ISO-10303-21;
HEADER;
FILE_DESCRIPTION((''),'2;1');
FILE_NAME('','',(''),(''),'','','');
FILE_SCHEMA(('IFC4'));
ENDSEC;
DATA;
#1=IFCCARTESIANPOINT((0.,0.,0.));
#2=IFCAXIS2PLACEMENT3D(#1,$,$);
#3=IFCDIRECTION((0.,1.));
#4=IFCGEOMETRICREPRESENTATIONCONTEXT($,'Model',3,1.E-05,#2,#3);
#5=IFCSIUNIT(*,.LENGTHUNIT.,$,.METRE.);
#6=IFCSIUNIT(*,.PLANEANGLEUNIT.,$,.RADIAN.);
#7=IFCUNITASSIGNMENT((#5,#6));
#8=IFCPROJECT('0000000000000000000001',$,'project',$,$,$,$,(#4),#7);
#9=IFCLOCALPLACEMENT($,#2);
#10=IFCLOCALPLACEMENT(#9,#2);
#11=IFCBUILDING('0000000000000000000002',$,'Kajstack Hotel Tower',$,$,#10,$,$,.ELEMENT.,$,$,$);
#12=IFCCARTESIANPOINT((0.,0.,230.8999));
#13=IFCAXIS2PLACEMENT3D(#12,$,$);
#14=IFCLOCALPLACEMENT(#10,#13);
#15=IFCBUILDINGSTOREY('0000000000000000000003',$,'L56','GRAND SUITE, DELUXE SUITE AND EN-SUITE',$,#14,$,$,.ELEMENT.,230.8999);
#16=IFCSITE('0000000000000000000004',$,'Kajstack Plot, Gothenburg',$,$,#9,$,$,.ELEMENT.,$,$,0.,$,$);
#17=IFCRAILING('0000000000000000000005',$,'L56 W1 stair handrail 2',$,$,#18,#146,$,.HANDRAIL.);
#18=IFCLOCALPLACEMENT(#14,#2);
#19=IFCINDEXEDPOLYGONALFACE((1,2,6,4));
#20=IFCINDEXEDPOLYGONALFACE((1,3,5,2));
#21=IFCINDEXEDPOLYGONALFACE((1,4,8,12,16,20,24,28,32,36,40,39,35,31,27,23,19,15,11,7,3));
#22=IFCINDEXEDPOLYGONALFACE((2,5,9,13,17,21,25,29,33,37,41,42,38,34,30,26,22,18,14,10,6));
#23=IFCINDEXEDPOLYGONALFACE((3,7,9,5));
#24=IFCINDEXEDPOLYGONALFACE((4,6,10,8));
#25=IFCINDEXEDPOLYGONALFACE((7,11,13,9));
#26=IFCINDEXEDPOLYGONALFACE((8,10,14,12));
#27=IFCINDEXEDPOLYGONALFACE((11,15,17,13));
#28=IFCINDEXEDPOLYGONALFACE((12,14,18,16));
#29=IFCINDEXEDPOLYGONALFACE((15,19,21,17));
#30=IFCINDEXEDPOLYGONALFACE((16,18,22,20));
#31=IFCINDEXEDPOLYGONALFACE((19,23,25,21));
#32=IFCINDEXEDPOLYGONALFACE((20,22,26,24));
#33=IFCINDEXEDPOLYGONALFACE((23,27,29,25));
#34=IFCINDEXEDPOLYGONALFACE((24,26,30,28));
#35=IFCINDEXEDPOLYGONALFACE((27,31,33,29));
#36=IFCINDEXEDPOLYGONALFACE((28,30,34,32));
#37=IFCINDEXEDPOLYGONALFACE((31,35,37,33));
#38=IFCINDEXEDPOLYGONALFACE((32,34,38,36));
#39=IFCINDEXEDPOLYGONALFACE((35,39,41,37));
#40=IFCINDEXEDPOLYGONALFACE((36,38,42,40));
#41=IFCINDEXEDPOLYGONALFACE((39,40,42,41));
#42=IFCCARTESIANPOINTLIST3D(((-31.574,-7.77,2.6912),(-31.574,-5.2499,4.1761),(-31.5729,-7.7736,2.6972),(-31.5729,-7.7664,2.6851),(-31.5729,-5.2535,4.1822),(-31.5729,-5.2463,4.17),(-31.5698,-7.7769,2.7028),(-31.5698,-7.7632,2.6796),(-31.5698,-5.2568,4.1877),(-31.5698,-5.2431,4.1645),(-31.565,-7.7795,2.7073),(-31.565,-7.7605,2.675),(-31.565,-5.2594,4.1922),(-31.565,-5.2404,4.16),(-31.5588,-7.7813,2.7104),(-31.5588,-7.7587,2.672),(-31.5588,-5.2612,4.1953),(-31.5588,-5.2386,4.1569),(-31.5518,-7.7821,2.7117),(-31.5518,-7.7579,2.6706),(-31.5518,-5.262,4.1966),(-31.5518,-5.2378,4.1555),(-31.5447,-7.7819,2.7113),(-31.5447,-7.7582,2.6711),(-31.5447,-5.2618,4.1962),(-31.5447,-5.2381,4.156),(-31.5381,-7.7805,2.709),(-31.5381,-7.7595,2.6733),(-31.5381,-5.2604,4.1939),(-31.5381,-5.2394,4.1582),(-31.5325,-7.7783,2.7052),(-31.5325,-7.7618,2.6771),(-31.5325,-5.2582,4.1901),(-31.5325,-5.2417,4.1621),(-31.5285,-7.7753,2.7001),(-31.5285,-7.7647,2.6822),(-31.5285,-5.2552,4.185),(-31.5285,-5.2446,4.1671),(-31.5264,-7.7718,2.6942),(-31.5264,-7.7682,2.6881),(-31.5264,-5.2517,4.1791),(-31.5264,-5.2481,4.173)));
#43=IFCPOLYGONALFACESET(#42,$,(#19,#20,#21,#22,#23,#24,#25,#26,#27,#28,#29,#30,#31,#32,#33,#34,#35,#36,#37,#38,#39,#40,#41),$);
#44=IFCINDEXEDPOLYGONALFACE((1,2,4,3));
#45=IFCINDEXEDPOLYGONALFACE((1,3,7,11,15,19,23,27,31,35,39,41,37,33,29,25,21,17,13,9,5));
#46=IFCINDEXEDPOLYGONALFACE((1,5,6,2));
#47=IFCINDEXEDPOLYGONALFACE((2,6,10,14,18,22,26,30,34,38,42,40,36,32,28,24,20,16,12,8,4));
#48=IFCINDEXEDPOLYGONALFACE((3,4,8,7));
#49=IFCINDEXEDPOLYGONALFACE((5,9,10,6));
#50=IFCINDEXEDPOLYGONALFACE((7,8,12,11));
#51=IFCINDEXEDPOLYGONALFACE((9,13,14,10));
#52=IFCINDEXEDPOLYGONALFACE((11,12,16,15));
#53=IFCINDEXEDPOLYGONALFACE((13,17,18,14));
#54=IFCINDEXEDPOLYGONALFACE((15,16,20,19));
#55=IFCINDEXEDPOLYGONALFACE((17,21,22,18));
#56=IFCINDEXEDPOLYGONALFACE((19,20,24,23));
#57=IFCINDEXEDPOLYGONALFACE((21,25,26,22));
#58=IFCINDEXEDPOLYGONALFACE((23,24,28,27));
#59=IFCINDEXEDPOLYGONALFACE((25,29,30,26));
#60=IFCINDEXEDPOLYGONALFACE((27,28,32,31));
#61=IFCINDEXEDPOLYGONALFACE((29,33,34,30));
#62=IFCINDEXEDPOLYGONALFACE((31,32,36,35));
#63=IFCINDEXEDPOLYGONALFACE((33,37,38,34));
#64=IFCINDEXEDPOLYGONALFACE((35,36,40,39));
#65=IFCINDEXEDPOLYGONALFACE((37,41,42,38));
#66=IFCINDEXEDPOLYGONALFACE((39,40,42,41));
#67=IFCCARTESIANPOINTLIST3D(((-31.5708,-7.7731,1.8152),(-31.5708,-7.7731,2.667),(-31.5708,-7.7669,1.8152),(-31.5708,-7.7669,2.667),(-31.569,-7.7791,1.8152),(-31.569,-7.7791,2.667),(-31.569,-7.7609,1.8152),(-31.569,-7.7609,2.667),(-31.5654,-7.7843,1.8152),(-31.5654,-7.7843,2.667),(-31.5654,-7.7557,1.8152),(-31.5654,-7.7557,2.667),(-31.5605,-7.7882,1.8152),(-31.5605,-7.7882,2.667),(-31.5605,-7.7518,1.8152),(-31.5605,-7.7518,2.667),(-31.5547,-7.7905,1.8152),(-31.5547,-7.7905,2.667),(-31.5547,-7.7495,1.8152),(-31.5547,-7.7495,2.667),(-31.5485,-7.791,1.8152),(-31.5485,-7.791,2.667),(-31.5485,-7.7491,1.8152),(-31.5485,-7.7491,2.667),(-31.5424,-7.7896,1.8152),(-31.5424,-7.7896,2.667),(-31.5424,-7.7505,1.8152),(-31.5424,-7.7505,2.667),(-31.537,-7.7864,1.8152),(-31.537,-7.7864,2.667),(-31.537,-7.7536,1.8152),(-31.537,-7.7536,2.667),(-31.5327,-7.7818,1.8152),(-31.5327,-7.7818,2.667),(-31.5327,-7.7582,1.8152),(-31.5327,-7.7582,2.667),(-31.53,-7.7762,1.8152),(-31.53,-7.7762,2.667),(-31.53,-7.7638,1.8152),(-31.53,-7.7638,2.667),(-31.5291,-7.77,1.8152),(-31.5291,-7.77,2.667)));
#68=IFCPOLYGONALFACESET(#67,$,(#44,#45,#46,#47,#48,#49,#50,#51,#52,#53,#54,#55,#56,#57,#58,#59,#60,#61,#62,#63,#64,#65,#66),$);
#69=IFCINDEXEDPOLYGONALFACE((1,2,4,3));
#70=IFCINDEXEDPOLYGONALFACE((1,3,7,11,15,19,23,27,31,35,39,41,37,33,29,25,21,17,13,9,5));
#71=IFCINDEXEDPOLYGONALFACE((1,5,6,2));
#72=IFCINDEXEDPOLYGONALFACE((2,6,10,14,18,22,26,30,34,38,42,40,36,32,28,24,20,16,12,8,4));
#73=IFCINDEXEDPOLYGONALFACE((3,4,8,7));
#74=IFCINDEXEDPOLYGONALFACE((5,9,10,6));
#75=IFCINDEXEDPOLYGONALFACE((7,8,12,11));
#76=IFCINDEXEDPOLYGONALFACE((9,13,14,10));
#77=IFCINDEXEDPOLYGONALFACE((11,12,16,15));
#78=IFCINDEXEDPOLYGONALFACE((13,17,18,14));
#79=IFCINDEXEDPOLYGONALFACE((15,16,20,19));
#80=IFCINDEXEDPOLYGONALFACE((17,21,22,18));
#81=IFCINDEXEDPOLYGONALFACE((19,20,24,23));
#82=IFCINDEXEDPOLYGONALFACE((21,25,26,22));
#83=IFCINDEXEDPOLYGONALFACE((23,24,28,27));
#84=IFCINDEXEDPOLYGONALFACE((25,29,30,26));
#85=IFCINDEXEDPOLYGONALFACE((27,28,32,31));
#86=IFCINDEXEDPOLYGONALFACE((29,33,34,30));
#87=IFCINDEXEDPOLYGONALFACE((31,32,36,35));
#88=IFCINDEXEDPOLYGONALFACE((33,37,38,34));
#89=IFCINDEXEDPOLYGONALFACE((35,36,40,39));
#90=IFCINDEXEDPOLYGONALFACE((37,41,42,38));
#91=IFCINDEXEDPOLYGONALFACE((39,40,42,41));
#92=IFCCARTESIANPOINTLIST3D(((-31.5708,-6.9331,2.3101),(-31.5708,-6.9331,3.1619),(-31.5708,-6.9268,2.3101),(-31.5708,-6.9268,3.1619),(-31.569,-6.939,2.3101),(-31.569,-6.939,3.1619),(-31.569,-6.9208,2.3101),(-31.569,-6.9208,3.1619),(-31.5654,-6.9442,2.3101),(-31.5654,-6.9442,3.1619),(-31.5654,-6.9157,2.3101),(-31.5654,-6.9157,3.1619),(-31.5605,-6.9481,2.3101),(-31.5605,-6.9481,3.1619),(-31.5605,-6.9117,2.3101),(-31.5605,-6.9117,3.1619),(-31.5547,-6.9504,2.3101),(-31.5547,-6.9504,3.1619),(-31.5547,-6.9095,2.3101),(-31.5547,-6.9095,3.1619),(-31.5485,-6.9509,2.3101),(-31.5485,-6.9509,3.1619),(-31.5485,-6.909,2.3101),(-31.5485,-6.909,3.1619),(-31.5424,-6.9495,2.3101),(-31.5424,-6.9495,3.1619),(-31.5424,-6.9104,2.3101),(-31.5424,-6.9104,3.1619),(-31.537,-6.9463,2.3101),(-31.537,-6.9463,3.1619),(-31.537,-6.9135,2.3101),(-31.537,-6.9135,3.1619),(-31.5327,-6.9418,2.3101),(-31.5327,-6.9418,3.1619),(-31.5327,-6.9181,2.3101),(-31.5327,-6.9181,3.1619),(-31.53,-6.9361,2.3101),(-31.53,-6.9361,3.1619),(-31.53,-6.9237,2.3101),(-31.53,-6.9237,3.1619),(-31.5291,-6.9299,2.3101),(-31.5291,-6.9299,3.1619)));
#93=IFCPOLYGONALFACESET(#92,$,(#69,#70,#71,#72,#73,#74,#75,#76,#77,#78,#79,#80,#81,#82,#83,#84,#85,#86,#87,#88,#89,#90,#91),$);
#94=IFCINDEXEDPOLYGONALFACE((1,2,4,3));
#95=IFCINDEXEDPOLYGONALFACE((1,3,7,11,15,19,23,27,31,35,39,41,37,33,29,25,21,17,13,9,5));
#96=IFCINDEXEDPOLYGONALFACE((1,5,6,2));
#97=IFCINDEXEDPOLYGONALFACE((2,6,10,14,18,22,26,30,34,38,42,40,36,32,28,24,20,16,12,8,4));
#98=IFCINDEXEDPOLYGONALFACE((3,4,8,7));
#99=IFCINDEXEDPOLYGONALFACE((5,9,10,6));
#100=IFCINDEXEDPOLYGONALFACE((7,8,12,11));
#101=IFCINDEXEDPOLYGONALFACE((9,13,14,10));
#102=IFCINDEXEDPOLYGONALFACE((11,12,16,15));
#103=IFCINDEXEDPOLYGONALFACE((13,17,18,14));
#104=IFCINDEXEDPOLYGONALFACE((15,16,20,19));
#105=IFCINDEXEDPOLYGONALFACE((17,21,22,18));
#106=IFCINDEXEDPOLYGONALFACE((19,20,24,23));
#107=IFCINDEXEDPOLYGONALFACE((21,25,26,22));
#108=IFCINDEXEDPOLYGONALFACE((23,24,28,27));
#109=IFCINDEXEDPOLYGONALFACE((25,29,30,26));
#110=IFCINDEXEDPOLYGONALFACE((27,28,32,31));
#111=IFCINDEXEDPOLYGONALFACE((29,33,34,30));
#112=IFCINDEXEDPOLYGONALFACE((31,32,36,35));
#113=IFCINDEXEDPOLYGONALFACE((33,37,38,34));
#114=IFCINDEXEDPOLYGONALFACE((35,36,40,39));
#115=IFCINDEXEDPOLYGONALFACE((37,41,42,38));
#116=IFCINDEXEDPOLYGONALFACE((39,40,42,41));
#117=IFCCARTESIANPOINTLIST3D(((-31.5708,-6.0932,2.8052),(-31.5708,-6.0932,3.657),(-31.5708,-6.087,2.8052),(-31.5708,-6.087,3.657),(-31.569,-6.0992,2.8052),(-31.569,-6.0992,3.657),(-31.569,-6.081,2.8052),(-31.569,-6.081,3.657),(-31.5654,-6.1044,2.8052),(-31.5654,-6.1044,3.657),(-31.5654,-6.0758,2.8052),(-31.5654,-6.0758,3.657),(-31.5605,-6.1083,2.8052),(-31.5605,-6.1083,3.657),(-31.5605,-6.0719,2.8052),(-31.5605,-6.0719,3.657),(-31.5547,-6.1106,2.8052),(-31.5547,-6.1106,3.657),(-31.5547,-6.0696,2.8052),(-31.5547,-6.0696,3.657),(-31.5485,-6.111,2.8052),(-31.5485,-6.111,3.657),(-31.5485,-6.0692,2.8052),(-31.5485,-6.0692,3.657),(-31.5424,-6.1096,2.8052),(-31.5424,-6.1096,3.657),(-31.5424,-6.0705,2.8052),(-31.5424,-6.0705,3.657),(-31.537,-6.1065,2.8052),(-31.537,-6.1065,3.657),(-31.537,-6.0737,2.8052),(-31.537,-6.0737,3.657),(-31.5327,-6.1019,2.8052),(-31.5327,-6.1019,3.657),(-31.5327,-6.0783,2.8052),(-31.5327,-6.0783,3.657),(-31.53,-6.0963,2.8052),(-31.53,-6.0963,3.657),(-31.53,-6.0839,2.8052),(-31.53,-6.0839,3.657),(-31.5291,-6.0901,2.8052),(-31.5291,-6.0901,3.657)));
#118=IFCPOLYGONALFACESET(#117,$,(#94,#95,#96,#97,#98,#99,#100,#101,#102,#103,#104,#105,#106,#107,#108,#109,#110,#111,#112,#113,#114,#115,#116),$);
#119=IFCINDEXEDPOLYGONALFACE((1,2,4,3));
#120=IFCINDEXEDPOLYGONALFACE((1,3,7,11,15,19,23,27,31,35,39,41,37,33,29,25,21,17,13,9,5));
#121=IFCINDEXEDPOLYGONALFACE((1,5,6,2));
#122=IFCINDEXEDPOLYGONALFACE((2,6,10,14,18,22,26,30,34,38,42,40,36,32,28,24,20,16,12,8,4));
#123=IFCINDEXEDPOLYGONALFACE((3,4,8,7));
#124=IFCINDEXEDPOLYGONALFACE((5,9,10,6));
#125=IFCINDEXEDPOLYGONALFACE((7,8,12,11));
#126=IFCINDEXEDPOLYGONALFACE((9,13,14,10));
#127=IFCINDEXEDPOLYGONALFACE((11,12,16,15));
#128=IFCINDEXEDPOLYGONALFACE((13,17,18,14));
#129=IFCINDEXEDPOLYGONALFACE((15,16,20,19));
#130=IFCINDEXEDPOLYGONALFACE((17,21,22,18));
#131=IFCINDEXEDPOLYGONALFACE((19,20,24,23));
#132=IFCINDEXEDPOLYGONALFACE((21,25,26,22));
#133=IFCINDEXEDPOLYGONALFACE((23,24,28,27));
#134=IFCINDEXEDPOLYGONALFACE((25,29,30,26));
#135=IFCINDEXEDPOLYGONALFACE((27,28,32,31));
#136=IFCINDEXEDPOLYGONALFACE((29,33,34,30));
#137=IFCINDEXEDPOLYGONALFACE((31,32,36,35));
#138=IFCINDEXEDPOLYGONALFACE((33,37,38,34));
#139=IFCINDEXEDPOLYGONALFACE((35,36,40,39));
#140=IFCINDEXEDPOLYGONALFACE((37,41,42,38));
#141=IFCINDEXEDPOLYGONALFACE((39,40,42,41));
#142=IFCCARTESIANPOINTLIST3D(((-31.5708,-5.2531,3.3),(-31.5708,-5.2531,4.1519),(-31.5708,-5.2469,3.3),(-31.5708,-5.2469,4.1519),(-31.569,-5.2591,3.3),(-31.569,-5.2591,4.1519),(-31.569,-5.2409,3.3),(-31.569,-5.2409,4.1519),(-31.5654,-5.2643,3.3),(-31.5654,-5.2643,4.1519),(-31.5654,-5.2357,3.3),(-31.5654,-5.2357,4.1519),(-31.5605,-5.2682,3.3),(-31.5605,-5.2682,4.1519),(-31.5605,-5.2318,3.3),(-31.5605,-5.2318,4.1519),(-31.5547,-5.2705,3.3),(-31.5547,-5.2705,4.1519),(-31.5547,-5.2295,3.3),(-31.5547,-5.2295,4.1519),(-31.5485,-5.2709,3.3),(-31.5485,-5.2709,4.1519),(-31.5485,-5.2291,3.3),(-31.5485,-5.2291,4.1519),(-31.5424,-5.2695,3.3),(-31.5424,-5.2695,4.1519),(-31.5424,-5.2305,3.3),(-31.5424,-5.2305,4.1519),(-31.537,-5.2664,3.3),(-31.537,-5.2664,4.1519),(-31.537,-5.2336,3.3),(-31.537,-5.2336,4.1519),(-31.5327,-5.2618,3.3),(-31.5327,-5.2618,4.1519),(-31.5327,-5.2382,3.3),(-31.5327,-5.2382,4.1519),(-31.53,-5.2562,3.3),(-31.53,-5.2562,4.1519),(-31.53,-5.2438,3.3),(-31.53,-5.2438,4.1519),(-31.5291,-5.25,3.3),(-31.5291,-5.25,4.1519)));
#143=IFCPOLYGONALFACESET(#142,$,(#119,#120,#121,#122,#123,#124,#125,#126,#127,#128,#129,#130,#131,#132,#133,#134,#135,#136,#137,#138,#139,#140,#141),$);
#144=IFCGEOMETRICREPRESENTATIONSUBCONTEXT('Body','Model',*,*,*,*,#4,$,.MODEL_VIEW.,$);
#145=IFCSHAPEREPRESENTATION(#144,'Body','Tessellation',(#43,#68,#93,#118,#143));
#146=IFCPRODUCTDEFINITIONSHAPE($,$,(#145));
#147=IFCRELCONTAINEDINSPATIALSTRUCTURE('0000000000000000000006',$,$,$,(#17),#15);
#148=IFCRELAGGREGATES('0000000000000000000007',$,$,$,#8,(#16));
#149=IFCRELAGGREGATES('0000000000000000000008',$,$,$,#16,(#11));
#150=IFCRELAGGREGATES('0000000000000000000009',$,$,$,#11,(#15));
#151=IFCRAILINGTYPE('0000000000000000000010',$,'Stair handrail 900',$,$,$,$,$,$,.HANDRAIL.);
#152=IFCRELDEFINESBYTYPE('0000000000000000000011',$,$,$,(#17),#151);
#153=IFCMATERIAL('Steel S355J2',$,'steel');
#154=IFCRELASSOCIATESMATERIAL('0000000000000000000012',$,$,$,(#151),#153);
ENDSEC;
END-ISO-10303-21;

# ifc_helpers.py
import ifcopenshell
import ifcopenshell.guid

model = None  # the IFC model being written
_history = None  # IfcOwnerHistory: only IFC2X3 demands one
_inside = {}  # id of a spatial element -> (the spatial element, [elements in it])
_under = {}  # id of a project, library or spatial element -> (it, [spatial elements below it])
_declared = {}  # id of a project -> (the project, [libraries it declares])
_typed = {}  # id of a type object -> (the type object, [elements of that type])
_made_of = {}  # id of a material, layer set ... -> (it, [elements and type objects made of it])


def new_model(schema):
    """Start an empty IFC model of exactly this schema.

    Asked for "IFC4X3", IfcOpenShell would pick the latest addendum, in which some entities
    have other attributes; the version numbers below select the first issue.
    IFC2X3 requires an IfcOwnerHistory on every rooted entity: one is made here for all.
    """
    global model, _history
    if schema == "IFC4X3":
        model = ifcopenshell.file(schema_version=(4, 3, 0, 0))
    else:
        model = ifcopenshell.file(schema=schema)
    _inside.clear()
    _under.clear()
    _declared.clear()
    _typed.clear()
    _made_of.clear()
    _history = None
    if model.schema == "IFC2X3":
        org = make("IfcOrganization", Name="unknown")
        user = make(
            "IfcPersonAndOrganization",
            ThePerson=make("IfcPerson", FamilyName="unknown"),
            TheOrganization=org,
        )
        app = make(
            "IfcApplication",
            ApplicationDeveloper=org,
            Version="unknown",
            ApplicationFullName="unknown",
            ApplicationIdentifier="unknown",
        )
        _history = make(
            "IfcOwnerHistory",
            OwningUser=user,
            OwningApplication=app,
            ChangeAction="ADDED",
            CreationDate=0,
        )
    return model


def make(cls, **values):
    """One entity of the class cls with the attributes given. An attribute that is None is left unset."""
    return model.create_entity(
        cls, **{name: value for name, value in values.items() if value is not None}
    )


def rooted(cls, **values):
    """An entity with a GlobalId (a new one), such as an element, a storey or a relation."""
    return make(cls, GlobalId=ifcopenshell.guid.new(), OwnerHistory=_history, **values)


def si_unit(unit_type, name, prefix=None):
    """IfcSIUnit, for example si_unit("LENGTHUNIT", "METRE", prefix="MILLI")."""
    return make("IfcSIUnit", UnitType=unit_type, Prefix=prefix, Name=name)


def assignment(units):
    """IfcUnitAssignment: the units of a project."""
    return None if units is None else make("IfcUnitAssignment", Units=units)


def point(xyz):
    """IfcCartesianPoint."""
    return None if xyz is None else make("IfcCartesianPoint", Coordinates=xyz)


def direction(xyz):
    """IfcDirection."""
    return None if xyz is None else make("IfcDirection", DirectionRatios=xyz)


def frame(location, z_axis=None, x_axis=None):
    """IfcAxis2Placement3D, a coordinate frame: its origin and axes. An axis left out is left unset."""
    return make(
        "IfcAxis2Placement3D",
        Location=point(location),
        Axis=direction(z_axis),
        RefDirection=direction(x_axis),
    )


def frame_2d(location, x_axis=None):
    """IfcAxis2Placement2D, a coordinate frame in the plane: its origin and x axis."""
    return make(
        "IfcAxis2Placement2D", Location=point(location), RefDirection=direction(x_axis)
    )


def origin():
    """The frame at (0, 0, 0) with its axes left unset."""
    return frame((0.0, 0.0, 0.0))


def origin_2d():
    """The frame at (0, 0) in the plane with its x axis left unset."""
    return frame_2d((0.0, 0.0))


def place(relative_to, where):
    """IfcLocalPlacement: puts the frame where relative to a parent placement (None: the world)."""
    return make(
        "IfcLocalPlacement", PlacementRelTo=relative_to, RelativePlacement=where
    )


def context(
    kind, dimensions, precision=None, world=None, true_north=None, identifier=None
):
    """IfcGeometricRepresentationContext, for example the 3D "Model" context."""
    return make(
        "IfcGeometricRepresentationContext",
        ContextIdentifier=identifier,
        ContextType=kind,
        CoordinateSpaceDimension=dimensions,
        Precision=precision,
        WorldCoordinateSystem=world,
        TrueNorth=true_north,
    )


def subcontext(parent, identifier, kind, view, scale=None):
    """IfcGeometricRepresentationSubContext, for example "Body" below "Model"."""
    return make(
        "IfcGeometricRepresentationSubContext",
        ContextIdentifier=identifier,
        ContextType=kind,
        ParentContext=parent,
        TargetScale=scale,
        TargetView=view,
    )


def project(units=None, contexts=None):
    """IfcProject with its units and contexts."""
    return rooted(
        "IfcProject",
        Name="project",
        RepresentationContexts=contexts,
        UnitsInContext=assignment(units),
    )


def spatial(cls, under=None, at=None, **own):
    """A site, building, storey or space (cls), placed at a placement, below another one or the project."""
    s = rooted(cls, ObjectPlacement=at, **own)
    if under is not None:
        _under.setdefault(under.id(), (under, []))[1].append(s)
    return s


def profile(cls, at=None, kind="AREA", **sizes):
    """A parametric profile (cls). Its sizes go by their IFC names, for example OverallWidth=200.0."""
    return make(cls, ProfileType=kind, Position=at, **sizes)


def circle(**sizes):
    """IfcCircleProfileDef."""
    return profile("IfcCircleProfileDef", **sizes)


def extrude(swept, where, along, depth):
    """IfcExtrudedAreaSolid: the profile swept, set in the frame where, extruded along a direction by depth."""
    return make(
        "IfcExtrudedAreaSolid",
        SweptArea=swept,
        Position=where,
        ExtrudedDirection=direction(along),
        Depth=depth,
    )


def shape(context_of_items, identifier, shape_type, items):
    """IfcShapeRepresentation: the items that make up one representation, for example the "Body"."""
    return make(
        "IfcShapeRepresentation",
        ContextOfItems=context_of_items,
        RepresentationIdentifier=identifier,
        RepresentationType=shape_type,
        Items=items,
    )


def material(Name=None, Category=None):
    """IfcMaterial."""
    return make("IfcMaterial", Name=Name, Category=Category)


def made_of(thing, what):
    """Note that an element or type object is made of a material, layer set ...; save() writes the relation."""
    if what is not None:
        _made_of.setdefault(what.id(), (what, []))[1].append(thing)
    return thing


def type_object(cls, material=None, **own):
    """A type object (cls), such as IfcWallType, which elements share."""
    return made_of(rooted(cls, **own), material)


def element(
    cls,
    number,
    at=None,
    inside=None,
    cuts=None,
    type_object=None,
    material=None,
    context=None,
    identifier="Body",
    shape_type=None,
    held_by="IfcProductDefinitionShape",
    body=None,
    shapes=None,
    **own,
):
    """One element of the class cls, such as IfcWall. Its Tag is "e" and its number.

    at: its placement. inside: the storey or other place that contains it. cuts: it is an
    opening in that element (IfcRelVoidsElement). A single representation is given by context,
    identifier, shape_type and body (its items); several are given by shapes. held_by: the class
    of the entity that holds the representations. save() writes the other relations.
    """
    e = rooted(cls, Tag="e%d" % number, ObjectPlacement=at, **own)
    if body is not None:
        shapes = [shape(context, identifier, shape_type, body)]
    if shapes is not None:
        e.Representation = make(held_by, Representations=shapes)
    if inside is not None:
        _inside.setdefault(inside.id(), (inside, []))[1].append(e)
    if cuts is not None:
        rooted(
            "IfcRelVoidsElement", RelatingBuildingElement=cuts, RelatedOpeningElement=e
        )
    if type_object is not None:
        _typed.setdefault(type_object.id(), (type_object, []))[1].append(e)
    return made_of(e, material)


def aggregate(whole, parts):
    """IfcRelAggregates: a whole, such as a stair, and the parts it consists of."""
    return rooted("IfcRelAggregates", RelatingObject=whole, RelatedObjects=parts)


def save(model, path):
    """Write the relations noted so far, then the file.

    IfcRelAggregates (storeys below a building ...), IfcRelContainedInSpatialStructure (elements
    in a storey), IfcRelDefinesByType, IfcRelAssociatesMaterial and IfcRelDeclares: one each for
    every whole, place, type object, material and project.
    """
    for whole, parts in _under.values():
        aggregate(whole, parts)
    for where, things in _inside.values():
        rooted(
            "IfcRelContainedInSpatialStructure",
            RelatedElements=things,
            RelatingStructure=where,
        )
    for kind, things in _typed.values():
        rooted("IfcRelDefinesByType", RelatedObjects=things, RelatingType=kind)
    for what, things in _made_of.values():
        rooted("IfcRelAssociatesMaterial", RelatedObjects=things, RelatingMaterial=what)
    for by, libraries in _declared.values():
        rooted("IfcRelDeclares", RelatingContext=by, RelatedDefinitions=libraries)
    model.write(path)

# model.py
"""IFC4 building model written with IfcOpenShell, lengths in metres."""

from ifc_helpers import new_model, si_unit, direction, frame, origin, origin_2d, place, context, subcontext, project, spatial, circle, extrude, material, type_object, element, save


model = new_model("IFC4")

# Units and contexts
model_context = context("Model", 3, precision=1e-05, world=origin(), true_north=direction((0.0, 1.0)))
body_context = subcontext(model_context, "Body", "Model", "MODEL_VIEW")
ifc_project = project(units=[si_unit("LENGTHUNIT", "METRE"), si_unit("PLANEANGLEUNIT", "RADIAN")], contexts=[model_context])

# Site, building, storey
site_placement = place(None, origin())
site = spatial("IfcSite", under=ifc_project, at=site_placement, Name="Kajstack Plot, Gothenburg", CompositionType="ELEMENT", RefElevation=0.0)
building_placement = place(site_placement, origin())
building = spatial("IfcBuilding", under=site, at=building_placement, Name="Kajstack Hotel Tower", CompositionType="ELEMENT")
storey_placement = place(building_placement, frame((0.0, 0.0, 230.8999)))
storey = spatial("IfcBuildingStorey", under=building, at=storey_placement, Name="L56", Description="GRAND SUITE, DELUXE SUITE AND EN-SUITE", CompositionType="ELEMENT", Elevation=230.8999)

# Railing
ifc_material_1 = material(Name="Steel S355J2", Category="steel")
railing_type_1 = type_object("IfcRailingType", Name="Stair handrail 900", PredefinedType="HANDRAIL", material=ifc_material_1)
railing_1_placement = place(storey_placement, frame((-31.55, -7.77, 1.8152)))
element("IfcRailing", 1, at=railing_1_placement, inside=storey, type_object=railing_type_1, Name="L56 W1 stair handrail 2", PredefinedType="HANDRAIL", context=body_context, shape_type="SweptSolid", body=[
    extrude(circle(Radius=0.0239, at=origin_2d()), frame((0.0, 0.0, 0.876), z_axis=(0.0, 0.861561, 0.507655), x_axis=(-1.0, 0.0, 0.0)), (0.0, 0.0, 1.0), 2.925),
    extrude(circle(Radius=0.021, at=origin_2d()), origin(), (0.0, 0.0, 1.0), 0.8518),
    extrude(circle(Radius=0.021, at=origin_2d()), frame((0.0, 0.8401, 0.4949)), (0.0, 0.0, 1.0), 0.8518),
    extrude(circle(Radius=0.021, at=origin_2d()), frame((0.0, 1.6799, 0.99)), (0.0, 0.0, 1.0), 0.8518),
    extrude(circle(Radius=0.021, at=origin_2d()), frame((0.0, 2.52, 1.4849)), (0.0, 0.0, 1.0), 0.8518),
])

save(model, "model.ifc")
